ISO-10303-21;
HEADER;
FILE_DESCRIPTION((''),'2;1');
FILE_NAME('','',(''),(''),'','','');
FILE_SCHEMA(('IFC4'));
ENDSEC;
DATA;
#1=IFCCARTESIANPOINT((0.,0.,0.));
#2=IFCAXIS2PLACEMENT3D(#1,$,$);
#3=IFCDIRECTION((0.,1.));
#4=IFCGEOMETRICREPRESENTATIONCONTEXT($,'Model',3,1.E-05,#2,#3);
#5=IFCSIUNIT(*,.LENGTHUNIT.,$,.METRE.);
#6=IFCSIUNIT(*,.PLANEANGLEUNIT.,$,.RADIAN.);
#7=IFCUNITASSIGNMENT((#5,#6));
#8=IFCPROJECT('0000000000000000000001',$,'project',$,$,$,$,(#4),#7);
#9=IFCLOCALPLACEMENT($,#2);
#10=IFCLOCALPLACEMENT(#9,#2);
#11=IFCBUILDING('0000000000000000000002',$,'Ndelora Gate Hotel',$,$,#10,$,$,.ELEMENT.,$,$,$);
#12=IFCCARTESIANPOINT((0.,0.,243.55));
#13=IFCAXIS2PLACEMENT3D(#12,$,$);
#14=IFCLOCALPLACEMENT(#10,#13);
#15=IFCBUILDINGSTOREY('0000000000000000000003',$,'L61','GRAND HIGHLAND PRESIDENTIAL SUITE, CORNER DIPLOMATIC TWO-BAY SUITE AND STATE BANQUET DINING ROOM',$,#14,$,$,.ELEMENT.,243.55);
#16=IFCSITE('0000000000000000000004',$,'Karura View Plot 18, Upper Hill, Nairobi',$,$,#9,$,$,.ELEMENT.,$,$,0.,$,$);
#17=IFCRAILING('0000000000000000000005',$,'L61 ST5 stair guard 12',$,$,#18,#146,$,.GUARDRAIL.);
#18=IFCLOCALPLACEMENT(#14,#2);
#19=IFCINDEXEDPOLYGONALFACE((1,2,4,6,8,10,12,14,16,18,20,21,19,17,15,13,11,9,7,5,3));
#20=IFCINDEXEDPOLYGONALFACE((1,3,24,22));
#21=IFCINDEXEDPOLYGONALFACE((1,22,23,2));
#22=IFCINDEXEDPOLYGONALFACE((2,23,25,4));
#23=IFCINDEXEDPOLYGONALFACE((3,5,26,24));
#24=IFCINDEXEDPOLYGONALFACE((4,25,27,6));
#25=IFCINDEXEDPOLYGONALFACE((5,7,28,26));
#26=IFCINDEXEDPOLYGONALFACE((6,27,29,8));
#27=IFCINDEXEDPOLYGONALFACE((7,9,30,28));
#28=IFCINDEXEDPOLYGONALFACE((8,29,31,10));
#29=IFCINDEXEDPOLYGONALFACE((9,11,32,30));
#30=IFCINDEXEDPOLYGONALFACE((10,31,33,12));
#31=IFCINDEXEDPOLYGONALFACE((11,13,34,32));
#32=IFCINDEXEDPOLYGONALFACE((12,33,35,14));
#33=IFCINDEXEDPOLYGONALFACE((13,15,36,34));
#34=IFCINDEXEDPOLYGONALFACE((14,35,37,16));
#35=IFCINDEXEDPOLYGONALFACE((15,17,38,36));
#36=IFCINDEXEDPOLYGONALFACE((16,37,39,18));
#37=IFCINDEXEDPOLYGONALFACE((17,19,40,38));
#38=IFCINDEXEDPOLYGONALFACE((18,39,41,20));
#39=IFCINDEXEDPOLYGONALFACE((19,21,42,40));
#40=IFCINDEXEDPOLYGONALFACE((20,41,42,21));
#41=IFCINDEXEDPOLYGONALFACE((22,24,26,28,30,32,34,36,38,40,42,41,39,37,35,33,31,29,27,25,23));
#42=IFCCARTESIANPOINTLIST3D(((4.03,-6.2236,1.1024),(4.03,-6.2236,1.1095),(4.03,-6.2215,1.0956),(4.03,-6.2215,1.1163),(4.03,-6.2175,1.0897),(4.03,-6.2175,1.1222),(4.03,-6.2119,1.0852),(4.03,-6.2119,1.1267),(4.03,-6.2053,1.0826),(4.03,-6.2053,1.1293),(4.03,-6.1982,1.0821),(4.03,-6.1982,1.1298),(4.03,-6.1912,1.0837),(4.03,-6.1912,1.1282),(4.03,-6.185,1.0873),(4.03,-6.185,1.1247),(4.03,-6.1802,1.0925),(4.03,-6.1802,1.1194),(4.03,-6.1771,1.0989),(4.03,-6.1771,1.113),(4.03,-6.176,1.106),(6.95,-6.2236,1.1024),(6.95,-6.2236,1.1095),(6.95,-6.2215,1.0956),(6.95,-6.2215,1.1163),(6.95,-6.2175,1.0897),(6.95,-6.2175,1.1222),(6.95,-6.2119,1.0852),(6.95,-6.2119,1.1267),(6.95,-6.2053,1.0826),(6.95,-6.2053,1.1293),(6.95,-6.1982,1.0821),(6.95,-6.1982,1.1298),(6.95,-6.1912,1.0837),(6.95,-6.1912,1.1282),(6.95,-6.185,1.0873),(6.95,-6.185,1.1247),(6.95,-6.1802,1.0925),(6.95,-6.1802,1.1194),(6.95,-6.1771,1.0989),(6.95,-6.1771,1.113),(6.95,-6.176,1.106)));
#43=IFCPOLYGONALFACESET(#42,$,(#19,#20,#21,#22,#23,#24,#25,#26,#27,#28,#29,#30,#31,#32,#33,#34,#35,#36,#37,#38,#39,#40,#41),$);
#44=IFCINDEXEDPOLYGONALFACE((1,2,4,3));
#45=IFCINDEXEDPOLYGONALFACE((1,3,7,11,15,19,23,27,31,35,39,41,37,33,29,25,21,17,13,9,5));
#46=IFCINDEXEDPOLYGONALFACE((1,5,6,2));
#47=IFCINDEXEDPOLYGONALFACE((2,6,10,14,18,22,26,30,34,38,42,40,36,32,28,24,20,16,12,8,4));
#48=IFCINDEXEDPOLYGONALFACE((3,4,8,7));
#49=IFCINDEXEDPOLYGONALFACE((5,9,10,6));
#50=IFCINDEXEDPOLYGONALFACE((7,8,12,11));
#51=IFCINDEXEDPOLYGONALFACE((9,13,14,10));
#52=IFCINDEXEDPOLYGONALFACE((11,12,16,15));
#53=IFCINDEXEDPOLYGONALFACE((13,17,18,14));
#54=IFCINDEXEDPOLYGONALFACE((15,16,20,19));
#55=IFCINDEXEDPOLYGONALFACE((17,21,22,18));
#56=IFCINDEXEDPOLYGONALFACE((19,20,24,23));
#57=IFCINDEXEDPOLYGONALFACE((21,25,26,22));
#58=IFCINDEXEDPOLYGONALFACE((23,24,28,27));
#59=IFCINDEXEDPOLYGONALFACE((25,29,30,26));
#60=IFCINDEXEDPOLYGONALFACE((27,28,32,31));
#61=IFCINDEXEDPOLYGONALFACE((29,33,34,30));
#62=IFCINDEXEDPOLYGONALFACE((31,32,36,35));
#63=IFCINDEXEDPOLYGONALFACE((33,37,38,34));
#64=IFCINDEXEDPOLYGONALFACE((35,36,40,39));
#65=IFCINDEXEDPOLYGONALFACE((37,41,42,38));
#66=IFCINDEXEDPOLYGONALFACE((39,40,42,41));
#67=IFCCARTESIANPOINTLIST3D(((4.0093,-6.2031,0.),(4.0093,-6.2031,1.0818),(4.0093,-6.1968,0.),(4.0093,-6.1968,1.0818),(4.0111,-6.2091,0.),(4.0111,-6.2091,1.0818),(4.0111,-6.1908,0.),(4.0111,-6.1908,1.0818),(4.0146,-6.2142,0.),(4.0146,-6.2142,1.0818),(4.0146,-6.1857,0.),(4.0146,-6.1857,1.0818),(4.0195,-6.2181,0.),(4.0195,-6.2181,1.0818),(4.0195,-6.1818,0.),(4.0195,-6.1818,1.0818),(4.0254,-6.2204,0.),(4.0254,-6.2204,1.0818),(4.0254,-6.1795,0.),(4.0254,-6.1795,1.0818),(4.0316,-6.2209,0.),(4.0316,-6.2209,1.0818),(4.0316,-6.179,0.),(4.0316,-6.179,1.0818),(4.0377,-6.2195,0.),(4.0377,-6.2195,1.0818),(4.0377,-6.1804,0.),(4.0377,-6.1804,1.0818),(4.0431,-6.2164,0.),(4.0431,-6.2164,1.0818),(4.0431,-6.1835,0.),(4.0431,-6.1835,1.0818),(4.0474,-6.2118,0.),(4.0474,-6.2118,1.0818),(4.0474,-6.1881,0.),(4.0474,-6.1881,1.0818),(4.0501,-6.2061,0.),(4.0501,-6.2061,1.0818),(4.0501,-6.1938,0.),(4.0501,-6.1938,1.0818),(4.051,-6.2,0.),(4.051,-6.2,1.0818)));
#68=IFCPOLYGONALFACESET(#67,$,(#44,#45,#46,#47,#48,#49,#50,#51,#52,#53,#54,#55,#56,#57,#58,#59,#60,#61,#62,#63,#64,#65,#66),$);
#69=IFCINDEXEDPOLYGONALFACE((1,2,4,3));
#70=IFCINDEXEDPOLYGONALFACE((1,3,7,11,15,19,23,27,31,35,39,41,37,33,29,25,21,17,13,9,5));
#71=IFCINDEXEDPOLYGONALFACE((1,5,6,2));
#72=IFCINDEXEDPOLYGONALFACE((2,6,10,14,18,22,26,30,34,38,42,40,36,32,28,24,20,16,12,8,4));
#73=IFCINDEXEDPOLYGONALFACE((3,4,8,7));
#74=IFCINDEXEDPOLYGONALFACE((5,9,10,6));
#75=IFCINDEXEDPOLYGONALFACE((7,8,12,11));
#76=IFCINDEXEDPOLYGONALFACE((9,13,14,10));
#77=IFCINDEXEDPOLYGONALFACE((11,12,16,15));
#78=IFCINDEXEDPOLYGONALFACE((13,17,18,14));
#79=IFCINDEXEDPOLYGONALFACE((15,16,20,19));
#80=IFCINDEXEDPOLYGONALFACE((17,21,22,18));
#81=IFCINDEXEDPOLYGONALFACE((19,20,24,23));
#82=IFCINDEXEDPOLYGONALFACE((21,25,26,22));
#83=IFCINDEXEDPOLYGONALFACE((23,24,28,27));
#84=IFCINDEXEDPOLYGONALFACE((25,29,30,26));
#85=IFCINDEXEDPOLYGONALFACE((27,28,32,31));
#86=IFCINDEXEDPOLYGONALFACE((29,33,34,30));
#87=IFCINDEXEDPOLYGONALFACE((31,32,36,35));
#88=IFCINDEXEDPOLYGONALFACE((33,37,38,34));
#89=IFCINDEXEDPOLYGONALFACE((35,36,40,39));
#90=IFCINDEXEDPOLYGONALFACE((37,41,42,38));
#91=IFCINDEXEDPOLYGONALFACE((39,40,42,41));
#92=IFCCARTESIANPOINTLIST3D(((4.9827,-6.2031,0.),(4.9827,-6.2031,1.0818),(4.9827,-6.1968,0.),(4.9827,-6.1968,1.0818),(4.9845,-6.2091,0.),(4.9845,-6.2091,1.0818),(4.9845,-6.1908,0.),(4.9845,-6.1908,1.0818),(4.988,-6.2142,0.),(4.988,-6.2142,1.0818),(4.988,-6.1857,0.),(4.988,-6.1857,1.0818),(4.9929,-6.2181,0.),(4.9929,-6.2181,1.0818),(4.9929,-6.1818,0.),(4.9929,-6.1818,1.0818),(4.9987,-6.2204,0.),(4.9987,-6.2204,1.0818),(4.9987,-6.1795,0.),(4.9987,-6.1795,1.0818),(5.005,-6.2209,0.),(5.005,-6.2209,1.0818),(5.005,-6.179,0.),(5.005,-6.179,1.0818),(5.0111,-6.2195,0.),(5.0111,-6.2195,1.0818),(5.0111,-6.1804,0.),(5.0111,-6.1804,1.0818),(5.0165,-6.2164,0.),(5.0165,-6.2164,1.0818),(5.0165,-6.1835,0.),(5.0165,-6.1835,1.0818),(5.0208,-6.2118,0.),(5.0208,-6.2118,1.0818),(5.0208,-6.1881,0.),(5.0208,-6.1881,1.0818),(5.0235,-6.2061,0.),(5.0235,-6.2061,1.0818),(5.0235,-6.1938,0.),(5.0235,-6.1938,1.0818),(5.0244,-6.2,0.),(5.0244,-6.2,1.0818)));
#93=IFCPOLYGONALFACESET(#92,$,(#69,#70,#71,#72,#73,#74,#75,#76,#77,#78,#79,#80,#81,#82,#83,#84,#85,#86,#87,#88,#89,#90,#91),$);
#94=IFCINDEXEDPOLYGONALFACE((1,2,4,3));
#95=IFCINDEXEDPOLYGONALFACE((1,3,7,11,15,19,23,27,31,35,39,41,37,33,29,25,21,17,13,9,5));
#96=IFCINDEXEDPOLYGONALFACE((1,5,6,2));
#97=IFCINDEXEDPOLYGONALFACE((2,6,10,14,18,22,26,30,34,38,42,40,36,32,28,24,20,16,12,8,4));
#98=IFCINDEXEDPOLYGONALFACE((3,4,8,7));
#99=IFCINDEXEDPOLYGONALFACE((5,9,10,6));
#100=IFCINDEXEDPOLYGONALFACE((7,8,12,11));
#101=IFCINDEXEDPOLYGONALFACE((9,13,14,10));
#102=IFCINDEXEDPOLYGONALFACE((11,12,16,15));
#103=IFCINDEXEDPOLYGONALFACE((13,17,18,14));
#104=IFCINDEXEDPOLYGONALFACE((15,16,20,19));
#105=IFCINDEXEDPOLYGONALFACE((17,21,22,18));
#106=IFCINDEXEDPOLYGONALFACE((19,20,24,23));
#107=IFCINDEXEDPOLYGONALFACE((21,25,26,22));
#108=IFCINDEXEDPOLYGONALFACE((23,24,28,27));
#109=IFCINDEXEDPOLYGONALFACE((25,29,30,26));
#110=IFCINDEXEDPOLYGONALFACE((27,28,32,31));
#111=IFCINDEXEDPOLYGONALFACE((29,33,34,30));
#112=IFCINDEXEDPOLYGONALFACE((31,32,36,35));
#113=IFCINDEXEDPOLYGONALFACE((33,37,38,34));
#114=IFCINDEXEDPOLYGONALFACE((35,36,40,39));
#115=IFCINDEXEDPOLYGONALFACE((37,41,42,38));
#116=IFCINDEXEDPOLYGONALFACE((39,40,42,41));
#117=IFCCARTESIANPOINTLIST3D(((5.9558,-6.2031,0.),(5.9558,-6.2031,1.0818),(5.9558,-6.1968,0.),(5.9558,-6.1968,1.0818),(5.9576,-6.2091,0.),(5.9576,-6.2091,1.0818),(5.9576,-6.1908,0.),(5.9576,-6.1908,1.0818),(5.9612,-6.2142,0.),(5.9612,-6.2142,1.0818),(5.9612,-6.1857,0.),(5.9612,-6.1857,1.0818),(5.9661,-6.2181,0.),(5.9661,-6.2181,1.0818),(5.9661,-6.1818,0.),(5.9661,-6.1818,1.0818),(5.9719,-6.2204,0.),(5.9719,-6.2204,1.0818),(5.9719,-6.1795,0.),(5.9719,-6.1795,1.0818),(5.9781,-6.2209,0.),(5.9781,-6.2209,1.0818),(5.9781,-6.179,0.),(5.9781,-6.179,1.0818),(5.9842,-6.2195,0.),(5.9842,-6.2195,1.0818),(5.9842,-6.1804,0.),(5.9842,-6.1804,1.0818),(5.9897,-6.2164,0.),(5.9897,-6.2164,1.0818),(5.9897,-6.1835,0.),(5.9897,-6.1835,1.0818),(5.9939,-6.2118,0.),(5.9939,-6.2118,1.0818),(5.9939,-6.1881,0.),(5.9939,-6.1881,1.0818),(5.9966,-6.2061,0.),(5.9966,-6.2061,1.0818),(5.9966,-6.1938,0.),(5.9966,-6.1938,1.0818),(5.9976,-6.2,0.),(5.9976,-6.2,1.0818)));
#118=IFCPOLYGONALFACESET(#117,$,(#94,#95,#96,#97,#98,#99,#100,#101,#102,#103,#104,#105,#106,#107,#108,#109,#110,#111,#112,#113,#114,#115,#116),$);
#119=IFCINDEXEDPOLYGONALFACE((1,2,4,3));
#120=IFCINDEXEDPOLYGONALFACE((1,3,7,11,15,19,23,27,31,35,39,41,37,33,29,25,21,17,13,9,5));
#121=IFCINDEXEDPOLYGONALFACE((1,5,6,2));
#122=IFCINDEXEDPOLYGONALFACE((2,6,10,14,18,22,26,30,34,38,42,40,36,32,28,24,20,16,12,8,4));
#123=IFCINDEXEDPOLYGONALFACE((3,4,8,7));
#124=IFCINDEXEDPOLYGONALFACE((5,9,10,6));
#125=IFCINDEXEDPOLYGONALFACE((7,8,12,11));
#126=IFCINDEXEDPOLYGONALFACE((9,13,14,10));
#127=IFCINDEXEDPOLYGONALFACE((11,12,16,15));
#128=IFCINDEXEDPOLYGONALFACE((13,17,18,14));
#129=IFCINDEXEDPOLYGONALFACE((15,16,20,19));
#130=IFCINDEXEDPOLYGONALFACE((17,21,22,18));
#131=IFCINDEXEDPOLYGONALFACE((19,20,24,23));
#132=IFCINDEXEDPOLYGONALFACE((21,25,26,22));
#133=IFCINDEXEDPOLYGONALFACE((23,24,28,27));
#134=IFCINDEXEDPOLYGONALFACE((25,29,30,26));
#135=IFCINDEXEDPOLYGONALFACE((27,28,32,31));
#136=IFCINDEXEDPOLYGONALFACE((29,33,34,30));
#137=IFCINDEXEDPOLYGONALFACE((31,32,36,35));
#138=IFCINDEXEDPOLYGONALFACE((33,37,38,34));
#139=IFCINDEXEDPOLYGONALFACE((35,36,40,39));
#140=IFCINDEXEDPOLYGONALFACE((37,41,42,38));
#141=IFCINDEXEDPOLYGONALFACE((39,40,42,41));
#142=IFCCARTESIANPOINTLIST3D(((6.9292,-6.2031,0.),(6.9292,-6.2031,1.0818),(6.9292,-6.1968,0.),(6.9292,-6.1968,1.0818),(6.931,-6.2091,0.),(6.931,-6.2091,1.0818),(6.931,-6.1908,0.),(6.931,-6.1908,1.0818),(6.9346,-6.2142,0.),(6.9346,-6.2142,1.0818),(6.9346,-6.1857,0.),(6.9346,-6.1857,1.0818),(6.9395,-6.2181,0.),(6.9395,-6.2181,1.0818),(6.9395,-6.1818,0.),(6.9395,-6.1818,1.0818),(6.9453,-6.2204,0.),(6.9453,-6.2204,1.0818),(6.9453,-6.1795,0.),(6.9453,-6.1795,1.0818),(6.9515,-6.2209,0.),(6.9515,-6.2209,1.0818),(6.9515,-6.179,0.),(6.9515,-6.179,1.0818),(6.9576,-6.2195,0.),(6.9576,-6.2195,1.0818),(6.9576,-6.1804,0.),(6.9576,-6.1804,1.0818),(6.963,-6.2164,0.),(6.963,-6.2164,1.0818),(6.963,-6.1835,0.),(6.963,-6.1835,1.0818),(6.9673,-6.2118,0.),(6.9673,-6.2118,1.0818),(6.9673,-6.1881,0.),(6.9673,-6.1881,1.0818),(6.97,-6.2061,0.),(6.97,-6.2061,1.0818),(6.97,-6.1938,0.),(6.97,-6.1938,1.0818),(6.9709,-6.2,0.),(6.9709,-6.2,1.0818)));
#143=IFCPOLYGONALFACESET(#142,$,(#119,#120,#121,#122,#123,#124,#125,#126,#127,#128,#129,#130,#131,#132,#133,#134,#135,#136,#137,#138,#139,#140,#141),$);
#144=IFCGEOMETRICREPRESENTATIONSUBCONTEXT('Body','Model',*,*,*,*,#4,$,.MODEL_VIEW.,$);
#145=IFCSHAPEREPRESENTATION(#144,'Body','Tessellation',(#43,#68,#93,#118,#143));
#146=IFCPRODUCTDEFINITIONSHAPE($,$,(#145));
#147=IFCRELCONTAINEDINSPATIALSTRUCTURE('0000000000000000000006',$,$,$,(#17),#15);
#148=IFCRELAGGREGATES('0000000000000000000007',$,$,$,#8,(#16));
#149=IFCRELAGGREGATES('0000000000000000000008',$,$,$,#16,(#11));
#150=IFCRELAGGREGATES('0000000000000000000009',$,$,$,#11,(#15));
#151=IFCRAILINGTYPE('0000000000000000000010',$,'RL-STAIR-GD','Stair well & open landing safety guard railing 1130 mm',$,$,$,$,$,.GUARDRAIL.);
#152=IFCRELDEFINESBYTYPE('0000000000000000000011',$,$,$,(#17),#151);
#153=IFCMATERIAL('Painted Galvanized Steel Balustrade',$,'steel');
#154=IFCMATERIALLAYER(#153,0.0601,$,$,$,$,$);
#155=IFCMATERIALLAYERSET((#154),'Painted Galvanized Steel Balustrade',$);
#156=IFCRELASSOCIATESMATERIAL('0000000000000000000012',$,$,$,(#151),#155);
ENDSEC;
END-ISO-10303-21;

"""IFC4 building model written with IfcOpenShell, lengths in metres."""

from ifc_helpers import new_model, si_unit, direction, frame, origin, origin_2d, place, context, subcontext, project, spatial, circle, extrude, material, layer, layer_set, type_object, element, save


model = new_model("IFC4")

# Units and contexts
model_context = context("Model", 3, precision=1e-05, world=origin(), true_north=direction((0.0, 1.0)))
body_context = subcontext(model_context, "Body", "Model", "MODEL_VIEW")
ifc_project = project(units=[si_unit("LENGTHUNIT", "METRE"), si_unit("PLANEANGLEUNIT", "RADIAN")], contexts=[model_context])

# Site, building, storey
site_placement = place(None, origin())
site = spatial("IfcSite", under=ifc_project, at=site_placement, Name="Karura View Plot 18, Upper Hill, Nairobi", CompositionType="ELEMENT", RefElevation=0.0)
building_placement = place(site_placement, origin())
building = spatial("IfcBuilding", under=site, at=building_placement, Name="Ndelora Gate Hotel", CompositionType="ELEMENT")
storey_placement = place(building_placement, frame((0.0, 0.0, 243.55)))
storey = spatial("IfcBuildingStorey", under=building, at=storey_placement, Name="L61", Description="GRAND HIGHLAND PRESIDENTIAL SUITE, CORNER DIPLOMATIC TWO-BAY SUITE AND STATE BANQUET DINING ROOM", CompositionType="ELEMENT", Elevation=243.55)

# Railing
ifc_material_1 = material(Name="Painted Galvanized Steel Balustrade", Category="steel")
ifc_layer_1 = layer(ifc_material_1, 0.0601)
ifc_layer_set_1 = layer_set([ifc_layer_1], Name="Painted Galvanized Steel Balustrade")
railing_type_1 = type_object("IfcRailingType", Name="RL-STAIR-GD", Description="Stair well & open landing safety guard railing 1130 mm", PredefinedType="GUARDRAIL", material=ifc_layer_set_1)
railing_1_placement = place(storey_placement, frame((4.03, -6.2, 0.0)))
element("IfcRailing", 1, at=railing_1_placement, inside=storey, type_object=railing_type_1, Name="L61 ST5 stair guard 12", PredefinedType="GUARDRAIL", context=body_context, shape_type="SweptSolid", body=[
    extrude(circle(Radius=0.0239, at=origin_2d()), frame((0.0, 0.0, 1.106), z_axis=(1.0, 0.0, 0.0), x_axis=(0.0, 1.0, 0.0)), (0.0, 0.0, 1.0), 2.9199),
    extrude(circle(Radius=0.021, at=origin_2d()), origin(), (0.0, 0.0, 1.0), 1.0818),
    extrude(circle(Radius=0.021, at=origin_2d()), frame((0.9734, 0.0, 0.0)), (0.0, 0.0, 1.0), 1.0818),
    extrude(circle(Radius=0.021, at=origin_2d()), frame((1.9465, 0.0, 0.0)), (0.0, 0.0, 1.0), 1.0818),
    extrude(circle(Radius=0.021, at=origin_2d()), frame((2.9199, 0.0, 0.0)), (0.0, 0.0, 1.0), 1.0818),
])

save(model, "model.ifc")
